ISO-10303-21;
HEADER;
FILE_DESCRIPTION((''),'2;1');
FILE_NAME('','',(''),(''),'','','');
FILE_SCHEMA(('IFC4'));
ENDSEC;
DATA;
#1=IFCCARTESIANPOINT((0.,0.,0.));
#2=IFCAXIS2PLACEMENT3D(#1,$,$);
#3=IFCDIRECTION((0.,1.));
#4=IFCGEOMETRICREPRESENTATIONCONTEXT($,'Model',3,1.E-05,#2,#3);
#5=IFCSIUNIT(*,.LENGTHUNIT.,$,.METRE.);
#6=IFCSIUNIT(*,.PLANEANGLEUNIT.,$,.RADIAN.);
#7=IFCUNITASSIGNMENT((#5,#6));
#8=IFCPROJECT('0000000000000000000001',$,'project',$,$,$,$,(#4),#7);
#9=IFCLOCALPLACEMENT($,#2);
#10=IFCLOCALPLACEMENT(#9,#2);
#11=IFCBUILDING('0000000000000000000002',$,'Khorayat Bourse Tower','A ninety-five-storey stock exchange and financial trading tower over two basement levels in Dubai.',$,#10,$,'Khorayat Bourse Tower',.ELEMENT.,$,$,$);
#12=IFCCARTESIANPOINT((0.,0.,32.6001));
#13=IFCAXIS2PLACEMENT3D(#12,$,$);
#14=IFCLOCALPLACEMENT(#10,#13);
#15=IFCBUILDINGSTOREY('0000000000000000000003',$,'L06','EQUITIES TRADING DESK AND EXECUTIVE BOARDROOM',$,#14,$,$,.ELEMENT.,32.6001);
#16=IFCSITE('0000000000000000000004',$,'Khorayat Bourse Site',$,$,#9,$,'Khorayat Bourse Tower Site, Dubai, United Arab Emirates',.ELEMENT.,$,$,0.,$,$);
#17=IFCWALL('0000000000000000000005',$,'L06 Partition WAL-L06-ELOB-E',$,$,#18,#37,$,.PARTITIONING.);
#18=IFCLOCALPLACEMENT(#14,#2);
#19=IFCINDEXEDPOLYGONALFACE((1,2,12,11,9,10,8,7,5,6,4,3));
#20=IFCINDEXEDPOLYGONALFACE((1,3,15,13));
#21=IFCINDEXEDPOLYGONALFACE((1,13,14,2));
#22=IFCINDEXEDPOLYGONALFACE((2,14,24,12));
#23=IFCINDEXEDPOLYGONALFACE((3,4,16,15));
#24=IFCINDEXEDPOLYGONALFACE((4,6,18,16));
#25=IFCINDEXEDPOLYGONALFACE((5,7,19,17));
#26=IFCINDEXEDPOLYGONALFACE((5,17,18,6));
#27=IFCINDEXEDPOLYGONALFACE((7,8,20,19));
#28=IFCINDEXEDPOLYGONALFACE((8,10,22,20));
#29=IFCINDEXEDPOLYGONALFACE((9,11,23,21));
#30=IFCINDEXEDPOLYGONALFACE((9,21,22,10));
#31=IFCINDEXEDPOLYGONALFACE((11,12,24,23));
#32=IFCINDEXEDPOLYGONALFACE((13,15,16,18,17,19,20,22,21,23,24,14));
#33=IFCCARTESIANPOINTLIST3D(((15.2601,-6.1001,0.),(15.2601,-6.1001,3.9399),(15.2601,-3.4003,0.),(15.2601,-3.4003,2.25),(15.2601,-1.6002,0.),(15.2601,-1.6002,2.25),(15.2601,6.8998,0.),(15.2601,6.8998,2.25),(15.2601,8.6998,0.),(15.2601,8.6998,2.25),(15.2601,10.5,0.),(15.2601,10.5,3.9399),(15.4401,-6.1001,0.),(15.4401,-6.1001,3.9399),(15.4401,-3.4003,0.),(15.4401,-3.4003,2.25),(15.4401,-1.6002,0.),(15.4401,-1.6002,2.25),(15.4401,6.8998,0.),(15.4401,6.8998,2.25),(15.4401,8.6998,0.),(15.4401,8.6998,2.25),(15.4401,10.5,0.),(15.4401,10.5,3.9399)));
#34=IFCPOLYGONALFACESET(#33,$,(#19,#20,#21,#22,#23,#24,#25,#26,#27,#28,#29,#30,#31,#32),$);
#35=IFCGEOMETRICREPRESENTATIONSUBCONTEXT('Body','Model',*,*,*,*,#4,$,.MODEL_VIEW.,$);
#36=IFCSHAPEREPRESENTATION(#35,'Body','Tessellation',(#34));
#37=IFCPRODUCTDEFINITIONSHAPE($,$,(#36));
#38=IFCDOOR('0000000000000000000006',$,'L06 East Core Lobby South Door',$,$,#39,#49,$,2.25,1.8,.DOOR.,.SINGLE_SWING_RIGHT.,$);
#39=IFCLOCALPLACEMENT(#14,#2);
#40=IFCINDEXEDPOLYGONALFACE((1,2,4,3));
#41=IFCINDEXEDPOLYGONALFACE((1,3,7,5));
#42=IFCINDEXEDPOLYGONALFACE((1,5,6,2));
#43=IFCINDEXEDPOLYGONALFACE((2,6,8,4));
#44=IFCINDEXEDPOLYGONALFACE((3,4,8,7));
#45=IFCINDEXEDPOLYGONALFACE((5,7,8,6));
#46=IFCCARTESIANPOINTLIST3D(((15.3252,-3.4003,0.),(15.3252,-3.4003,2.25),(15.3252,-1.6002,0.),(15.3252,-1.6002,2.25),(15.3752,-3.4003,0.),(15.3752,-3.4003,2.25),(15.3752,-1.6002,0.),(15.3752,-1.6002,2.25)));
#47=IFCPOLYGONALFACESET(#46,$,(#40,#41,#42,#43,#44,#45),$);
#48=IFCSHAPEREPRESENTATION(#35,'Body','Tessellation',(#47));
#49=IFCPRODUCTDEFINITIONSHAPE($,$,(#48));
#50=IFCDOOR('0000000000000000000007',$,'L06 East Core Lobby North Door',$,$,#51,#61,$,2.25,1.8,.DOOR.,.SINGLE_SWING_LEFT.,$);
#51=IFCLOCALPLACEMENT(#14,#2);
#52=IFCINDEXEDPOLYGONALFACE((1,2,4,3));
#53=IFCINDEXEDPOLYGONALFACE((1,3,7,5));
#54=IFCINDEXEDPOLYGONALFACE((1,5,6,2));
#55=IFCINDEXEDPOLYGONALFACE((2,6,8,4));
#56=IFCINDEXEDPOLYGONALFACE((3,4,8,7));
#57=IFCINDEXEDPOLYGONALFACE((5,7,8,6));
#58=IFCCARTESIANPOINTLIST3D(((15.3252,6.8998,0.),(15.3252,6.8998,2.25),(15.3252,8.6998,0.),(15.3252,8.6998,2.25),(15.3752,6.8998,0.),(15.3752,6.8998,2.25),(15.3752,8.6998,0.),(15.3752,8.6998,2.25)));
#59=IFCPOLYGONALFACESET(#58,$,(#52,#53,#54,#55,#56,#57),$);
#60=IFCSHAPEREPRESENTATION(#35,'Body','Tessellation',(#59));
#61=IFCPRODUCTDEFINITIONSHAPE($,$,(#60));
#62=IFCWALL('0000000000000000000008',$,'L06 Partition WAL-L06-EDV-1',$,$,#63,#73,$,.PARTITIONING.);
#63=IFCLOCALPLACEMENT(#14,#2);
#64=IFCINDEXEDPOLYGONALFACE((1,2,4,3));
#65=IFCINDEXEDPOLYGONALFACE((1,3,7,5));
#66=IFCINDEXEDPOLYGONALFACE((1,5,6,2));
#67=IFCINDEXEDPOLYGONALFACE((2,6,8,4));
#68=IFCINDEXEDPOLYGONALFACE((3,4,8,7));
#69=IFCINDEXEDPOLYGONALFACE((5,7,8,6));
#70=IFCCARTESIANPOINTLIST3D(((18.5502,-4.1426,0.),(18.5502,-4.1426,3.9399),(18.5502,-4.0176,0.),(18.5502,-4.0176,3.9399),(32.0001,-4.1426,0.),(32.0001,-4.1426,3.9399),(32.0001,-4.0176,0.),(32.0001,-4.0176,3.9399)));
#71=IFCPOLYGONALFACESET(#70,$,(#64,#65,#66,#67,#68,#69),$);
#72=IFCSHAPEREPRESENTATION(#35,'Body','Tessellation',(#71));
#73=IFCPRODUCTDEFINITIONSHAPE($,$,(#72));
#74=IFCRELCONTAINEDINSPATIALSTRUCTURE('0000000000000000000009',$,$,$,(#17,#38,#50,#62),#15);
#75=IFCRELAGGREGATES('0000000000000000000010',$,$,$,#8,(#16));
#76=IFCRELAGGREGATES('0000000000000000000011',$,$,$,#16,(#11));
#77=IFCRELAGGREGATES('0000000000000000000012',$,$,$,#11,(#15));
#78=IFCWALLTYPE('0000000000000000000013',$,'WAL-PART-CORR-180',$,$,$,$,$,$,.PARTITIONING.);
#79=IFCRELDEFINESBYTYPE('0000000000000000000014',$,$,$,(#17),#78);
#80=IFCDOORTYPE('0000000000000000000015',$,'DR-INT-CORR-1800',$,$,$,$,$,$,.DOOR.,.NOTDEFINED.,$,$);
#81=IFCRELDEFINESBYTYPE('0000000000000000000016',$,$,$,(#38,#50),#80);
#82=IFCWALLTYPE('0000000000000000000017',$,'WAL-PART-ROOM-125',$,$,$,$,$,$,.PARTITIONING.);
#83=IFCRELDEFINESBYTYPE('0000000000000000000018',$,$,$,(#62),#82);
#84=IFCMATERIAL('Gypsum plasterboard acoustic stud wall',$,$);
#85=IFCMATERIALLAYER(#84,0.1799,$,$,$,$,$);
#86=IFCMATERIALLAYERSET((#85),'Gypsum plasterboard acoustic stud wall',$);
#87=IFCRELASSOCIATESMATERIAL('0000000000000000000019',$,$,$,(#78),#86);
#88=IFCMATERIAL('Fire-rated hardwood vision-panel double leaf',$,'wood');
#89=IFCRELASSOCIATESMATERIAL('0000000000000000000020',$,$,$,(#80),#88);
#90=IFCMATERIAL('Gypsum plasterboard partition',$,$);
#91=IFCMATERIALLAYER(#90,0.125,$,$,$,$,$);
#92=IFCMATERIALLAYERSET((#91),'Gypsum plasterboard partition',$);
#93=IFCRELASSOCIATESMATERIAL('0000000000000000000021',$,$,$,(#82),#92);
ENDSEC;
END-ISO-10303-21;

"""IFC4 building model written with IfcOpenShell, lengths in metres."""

from ifc_helpers import new_model, si_unit, direction, frame, frame_2d, origin, place, context, subcontext, project, spatial, rectangle, extrude, source, transform, mapped, material, layer, layer_set, type_object, element, fill, save


model = new_model("IFC4")

# Units and contexts
model_context = context("Model", 3, precision=1e-05, world=origin(), true_north=direction((0.0, 1.0)))
body_context = subcontext(model_context, "Body", "Model", "MODEL_VIEW")
ifc_project = project(units=[si_unit("LENGTHUNIT", "METRE"), si_unit("PLANEANGLEUNIT", "RADIAN")], contexts=[model_context])

# Site, building, storey
site_placement = place(None, origin())
site = spatial("IfcSite", under=ifc_project, at=site_placement, Name="Khorayat Bourse Site", LongName="Khorayat Bourse Tower Site, Dubai, United Arab Emirates", CompositionType="ELEMENT", RefElevation=0.0)
building_placement = place(site_placement, origin())
building = spatial("IfcBuilding", under=site, at=building_placement, Name="Khorayat Bourse Tower", Description="A ninety-five-storey stock exchange and financial trading tower over two basement levels in Dubai.", LongName="Khorayat Bourse Tower", CompositionType="ELEMENT")
storey_placement = place(building_placement, frame((0.0, 0.0, 32.6001)))
storey = spatial("IfcBuildingStorey", under=building, at=storey_placement, Name="L06", Description="EQUITIES TRADING DESK AND EXECUTIVE BOARDROOM", CompositionType="ELEMENT", Elevation=32.6001)

# Wall, openings, doors
ifc_material_1 = material(Name="Gypsum plasterboard acoustic stud wall")
ifc_layer_1 = layer(ifc_material_1, 0.1799)
ifc_layer_set_1 = layer_set([ifc_layer_1], Name="Gypsum plasterboard acoustic stud wall")
wall_type_1 = type_object("IfcWallType", Name="WAL-PART-CORR-180", PredefinedType="PARTITIONING", material=ifc_layer_set_1)
shared_shape_1 = source(origin(), body_context, "Body", "SweptSolid", [
    extrude(rectangle(XDim=16.6001, YDim=0.1799, at=frame_2d((8.3, 0.0))), origin(), (0.0, 0.0, 1.0), 3.9399),
])
wall_1_placement = place(storey_placement, frame((15.3501, -6.1001, 0.0), z_axis=(0.0, 0.0, 1.0), x_axis=(0.0, 1.0, 0.0)))
wall_1 = element("IfcWall", 1, at=wall_1_placement, inside=storey, type_object=wall_type_1, Name="L06 Partition WAL-L06-ELOB-E", PredefinedType="PARTITIONING", context=body_context, shape_type="MappedRepresentation", body=[
    mapped(shared_shape_1, transform((0.0, 0.0, 0.0), scale=1.0)),
])
shared_shape_2 = source(origin(), body_context, "Body", "SweptSolid", [
    extrude(rectangle(XDim=1.8, YDim=2.25, at=frame_2d((0.8999, 1.125))), frame((0.0, 0.0999, 0.0), z_axis=(0.0, -1.0, 0.0), x_axis=(1.0, 0.0, 0.0)), (0.0, 0.0, 1.0), 0.2),
])
opening_1_placement = place(wall_1_placement, frame((2.7, 0.0, 0.0)))
opening_1 = element("IfcOpeningElement", 2, at=opening_1_placement, cuts=wall_1, PredefinedType="OPENING", context=body_context, shape_type="MappedRepresentation", body=[
    mapped(shared_shape_2, transform((0.0, 0.0, 0.0), scale=1.0)),
])
opening_2_placement = place(wall_1_placement, frame((13.0, 0.0, 0.0)))
opening_2 = element("IfcOpeningElement", 3, at=opening_2_placement, cuts=wall_1, PredefinedType="OPENING", context=body_context, shape_type="MappedRepresentation", body=[
    mapped(shared_shape_2, transform((0.0, 0.0, 0.0), scale=1.0)),
])
ifc_material_2 = material(Name="Fire-rated hardwood vision-panel double leaf", Category="wood")
door_type_1 = type_object("IfcDoorType", Name="DR-INT-CORR-1800", OperationType="NOTDEFINED", PredefinedType="DOOR", material=ifc_material_2)
shared_shape_3 = source(origin(), body_context, "Body", "SweptSolid", [
    extrude(rectangle(XDim=1.8, YDim=2.25, at=frame_2d((0.8999, 1.125))), frame((0.0, 0.0249, 0.0), z_axis=(0.0, -1.0, 0.0), x_axis=(1.0, 0.0, 0.0)), (0.0, 0.0, 1.0), 0.05),
])
door_1_placement = place(opening_1_placement, origin())
door_1 = element("IfcDoor", 4, at=door_1_placement, inside=storey, type_object=door_type_1, Name="L06 East Core Lobby South Door", OperationType="SINGLE_SWING_RIGHT", OverallHeight=2.25, OverallWidth=1.8, PredefinedType="DOOR", context=body_context, shape_type="MappedRepresentation", body=[
    mapped(shared_shape_3, transform((0.0, 0.0, 0.0), scale=1.0)),
])
fill(opening_1, door_1)
door_2_placement = place(opening_2_placement, origin())
door_2 = element("IfcDoor", 5, at=door_2_placement, inside=storey, type_object=door_type_1, Name="L06 East Core Lobby North Door", OperationType="SINGLE_SWING_LEFT", OverallHeight=2.25, OverallWidth=1.8, PredefinedType="DOOR", context=body_context, shape_type="MappedRepresentation", body=[
    mapped(shared_shape_3, transform((0.0, 0.0, 0.0), scale=1.0)),
])
fill(opening_2, door_2)

# Wall
ifc_material_3 = material(Name="Gypsum plasterboard partition")
ifc_layer_2 = layer(ifc_material_3, 0.125)
ifc_layer_set_2 = layer_set([ifc_layer_2], Name="Gypsum plasterboard partition")
wall_type_2 = type_object("IfcWallType", Name="WAL-PART-ROOM-125", PredefinedType="PARTITIONING", material=ifc_layer_set_2)
shared_shape_4 = source(origin(), body_context, "Body", "SweptSolid", [
    extrude(rectangle(XDim=13.45, YDim=0.125, at=frame_2d((6.7251, 0.0))), origin(), (0.0, 0.0, 1.0), 3.9399),
])
wall_2_placement = place(storey_placement, frame((18.55, -4.0801, 0.0), z_axis=(0.0, 0.0, 1.0), x_axis=(1.0, 0.0, 0.0)))
element("IfcWall", 6, at=wall_2_placement, inside=storey, type_object=wall_type_2, Name="L06 Partition WAL-L06-EDV-1", PredefinedType="PARTITIONING", context=body_context, shape_type="MappedRepresentation", body=[
    mapped(shared_shape_4, transform((0.0, 0.0, 0.0), scale=1.0)),
])

save(model, "model.ifc")
